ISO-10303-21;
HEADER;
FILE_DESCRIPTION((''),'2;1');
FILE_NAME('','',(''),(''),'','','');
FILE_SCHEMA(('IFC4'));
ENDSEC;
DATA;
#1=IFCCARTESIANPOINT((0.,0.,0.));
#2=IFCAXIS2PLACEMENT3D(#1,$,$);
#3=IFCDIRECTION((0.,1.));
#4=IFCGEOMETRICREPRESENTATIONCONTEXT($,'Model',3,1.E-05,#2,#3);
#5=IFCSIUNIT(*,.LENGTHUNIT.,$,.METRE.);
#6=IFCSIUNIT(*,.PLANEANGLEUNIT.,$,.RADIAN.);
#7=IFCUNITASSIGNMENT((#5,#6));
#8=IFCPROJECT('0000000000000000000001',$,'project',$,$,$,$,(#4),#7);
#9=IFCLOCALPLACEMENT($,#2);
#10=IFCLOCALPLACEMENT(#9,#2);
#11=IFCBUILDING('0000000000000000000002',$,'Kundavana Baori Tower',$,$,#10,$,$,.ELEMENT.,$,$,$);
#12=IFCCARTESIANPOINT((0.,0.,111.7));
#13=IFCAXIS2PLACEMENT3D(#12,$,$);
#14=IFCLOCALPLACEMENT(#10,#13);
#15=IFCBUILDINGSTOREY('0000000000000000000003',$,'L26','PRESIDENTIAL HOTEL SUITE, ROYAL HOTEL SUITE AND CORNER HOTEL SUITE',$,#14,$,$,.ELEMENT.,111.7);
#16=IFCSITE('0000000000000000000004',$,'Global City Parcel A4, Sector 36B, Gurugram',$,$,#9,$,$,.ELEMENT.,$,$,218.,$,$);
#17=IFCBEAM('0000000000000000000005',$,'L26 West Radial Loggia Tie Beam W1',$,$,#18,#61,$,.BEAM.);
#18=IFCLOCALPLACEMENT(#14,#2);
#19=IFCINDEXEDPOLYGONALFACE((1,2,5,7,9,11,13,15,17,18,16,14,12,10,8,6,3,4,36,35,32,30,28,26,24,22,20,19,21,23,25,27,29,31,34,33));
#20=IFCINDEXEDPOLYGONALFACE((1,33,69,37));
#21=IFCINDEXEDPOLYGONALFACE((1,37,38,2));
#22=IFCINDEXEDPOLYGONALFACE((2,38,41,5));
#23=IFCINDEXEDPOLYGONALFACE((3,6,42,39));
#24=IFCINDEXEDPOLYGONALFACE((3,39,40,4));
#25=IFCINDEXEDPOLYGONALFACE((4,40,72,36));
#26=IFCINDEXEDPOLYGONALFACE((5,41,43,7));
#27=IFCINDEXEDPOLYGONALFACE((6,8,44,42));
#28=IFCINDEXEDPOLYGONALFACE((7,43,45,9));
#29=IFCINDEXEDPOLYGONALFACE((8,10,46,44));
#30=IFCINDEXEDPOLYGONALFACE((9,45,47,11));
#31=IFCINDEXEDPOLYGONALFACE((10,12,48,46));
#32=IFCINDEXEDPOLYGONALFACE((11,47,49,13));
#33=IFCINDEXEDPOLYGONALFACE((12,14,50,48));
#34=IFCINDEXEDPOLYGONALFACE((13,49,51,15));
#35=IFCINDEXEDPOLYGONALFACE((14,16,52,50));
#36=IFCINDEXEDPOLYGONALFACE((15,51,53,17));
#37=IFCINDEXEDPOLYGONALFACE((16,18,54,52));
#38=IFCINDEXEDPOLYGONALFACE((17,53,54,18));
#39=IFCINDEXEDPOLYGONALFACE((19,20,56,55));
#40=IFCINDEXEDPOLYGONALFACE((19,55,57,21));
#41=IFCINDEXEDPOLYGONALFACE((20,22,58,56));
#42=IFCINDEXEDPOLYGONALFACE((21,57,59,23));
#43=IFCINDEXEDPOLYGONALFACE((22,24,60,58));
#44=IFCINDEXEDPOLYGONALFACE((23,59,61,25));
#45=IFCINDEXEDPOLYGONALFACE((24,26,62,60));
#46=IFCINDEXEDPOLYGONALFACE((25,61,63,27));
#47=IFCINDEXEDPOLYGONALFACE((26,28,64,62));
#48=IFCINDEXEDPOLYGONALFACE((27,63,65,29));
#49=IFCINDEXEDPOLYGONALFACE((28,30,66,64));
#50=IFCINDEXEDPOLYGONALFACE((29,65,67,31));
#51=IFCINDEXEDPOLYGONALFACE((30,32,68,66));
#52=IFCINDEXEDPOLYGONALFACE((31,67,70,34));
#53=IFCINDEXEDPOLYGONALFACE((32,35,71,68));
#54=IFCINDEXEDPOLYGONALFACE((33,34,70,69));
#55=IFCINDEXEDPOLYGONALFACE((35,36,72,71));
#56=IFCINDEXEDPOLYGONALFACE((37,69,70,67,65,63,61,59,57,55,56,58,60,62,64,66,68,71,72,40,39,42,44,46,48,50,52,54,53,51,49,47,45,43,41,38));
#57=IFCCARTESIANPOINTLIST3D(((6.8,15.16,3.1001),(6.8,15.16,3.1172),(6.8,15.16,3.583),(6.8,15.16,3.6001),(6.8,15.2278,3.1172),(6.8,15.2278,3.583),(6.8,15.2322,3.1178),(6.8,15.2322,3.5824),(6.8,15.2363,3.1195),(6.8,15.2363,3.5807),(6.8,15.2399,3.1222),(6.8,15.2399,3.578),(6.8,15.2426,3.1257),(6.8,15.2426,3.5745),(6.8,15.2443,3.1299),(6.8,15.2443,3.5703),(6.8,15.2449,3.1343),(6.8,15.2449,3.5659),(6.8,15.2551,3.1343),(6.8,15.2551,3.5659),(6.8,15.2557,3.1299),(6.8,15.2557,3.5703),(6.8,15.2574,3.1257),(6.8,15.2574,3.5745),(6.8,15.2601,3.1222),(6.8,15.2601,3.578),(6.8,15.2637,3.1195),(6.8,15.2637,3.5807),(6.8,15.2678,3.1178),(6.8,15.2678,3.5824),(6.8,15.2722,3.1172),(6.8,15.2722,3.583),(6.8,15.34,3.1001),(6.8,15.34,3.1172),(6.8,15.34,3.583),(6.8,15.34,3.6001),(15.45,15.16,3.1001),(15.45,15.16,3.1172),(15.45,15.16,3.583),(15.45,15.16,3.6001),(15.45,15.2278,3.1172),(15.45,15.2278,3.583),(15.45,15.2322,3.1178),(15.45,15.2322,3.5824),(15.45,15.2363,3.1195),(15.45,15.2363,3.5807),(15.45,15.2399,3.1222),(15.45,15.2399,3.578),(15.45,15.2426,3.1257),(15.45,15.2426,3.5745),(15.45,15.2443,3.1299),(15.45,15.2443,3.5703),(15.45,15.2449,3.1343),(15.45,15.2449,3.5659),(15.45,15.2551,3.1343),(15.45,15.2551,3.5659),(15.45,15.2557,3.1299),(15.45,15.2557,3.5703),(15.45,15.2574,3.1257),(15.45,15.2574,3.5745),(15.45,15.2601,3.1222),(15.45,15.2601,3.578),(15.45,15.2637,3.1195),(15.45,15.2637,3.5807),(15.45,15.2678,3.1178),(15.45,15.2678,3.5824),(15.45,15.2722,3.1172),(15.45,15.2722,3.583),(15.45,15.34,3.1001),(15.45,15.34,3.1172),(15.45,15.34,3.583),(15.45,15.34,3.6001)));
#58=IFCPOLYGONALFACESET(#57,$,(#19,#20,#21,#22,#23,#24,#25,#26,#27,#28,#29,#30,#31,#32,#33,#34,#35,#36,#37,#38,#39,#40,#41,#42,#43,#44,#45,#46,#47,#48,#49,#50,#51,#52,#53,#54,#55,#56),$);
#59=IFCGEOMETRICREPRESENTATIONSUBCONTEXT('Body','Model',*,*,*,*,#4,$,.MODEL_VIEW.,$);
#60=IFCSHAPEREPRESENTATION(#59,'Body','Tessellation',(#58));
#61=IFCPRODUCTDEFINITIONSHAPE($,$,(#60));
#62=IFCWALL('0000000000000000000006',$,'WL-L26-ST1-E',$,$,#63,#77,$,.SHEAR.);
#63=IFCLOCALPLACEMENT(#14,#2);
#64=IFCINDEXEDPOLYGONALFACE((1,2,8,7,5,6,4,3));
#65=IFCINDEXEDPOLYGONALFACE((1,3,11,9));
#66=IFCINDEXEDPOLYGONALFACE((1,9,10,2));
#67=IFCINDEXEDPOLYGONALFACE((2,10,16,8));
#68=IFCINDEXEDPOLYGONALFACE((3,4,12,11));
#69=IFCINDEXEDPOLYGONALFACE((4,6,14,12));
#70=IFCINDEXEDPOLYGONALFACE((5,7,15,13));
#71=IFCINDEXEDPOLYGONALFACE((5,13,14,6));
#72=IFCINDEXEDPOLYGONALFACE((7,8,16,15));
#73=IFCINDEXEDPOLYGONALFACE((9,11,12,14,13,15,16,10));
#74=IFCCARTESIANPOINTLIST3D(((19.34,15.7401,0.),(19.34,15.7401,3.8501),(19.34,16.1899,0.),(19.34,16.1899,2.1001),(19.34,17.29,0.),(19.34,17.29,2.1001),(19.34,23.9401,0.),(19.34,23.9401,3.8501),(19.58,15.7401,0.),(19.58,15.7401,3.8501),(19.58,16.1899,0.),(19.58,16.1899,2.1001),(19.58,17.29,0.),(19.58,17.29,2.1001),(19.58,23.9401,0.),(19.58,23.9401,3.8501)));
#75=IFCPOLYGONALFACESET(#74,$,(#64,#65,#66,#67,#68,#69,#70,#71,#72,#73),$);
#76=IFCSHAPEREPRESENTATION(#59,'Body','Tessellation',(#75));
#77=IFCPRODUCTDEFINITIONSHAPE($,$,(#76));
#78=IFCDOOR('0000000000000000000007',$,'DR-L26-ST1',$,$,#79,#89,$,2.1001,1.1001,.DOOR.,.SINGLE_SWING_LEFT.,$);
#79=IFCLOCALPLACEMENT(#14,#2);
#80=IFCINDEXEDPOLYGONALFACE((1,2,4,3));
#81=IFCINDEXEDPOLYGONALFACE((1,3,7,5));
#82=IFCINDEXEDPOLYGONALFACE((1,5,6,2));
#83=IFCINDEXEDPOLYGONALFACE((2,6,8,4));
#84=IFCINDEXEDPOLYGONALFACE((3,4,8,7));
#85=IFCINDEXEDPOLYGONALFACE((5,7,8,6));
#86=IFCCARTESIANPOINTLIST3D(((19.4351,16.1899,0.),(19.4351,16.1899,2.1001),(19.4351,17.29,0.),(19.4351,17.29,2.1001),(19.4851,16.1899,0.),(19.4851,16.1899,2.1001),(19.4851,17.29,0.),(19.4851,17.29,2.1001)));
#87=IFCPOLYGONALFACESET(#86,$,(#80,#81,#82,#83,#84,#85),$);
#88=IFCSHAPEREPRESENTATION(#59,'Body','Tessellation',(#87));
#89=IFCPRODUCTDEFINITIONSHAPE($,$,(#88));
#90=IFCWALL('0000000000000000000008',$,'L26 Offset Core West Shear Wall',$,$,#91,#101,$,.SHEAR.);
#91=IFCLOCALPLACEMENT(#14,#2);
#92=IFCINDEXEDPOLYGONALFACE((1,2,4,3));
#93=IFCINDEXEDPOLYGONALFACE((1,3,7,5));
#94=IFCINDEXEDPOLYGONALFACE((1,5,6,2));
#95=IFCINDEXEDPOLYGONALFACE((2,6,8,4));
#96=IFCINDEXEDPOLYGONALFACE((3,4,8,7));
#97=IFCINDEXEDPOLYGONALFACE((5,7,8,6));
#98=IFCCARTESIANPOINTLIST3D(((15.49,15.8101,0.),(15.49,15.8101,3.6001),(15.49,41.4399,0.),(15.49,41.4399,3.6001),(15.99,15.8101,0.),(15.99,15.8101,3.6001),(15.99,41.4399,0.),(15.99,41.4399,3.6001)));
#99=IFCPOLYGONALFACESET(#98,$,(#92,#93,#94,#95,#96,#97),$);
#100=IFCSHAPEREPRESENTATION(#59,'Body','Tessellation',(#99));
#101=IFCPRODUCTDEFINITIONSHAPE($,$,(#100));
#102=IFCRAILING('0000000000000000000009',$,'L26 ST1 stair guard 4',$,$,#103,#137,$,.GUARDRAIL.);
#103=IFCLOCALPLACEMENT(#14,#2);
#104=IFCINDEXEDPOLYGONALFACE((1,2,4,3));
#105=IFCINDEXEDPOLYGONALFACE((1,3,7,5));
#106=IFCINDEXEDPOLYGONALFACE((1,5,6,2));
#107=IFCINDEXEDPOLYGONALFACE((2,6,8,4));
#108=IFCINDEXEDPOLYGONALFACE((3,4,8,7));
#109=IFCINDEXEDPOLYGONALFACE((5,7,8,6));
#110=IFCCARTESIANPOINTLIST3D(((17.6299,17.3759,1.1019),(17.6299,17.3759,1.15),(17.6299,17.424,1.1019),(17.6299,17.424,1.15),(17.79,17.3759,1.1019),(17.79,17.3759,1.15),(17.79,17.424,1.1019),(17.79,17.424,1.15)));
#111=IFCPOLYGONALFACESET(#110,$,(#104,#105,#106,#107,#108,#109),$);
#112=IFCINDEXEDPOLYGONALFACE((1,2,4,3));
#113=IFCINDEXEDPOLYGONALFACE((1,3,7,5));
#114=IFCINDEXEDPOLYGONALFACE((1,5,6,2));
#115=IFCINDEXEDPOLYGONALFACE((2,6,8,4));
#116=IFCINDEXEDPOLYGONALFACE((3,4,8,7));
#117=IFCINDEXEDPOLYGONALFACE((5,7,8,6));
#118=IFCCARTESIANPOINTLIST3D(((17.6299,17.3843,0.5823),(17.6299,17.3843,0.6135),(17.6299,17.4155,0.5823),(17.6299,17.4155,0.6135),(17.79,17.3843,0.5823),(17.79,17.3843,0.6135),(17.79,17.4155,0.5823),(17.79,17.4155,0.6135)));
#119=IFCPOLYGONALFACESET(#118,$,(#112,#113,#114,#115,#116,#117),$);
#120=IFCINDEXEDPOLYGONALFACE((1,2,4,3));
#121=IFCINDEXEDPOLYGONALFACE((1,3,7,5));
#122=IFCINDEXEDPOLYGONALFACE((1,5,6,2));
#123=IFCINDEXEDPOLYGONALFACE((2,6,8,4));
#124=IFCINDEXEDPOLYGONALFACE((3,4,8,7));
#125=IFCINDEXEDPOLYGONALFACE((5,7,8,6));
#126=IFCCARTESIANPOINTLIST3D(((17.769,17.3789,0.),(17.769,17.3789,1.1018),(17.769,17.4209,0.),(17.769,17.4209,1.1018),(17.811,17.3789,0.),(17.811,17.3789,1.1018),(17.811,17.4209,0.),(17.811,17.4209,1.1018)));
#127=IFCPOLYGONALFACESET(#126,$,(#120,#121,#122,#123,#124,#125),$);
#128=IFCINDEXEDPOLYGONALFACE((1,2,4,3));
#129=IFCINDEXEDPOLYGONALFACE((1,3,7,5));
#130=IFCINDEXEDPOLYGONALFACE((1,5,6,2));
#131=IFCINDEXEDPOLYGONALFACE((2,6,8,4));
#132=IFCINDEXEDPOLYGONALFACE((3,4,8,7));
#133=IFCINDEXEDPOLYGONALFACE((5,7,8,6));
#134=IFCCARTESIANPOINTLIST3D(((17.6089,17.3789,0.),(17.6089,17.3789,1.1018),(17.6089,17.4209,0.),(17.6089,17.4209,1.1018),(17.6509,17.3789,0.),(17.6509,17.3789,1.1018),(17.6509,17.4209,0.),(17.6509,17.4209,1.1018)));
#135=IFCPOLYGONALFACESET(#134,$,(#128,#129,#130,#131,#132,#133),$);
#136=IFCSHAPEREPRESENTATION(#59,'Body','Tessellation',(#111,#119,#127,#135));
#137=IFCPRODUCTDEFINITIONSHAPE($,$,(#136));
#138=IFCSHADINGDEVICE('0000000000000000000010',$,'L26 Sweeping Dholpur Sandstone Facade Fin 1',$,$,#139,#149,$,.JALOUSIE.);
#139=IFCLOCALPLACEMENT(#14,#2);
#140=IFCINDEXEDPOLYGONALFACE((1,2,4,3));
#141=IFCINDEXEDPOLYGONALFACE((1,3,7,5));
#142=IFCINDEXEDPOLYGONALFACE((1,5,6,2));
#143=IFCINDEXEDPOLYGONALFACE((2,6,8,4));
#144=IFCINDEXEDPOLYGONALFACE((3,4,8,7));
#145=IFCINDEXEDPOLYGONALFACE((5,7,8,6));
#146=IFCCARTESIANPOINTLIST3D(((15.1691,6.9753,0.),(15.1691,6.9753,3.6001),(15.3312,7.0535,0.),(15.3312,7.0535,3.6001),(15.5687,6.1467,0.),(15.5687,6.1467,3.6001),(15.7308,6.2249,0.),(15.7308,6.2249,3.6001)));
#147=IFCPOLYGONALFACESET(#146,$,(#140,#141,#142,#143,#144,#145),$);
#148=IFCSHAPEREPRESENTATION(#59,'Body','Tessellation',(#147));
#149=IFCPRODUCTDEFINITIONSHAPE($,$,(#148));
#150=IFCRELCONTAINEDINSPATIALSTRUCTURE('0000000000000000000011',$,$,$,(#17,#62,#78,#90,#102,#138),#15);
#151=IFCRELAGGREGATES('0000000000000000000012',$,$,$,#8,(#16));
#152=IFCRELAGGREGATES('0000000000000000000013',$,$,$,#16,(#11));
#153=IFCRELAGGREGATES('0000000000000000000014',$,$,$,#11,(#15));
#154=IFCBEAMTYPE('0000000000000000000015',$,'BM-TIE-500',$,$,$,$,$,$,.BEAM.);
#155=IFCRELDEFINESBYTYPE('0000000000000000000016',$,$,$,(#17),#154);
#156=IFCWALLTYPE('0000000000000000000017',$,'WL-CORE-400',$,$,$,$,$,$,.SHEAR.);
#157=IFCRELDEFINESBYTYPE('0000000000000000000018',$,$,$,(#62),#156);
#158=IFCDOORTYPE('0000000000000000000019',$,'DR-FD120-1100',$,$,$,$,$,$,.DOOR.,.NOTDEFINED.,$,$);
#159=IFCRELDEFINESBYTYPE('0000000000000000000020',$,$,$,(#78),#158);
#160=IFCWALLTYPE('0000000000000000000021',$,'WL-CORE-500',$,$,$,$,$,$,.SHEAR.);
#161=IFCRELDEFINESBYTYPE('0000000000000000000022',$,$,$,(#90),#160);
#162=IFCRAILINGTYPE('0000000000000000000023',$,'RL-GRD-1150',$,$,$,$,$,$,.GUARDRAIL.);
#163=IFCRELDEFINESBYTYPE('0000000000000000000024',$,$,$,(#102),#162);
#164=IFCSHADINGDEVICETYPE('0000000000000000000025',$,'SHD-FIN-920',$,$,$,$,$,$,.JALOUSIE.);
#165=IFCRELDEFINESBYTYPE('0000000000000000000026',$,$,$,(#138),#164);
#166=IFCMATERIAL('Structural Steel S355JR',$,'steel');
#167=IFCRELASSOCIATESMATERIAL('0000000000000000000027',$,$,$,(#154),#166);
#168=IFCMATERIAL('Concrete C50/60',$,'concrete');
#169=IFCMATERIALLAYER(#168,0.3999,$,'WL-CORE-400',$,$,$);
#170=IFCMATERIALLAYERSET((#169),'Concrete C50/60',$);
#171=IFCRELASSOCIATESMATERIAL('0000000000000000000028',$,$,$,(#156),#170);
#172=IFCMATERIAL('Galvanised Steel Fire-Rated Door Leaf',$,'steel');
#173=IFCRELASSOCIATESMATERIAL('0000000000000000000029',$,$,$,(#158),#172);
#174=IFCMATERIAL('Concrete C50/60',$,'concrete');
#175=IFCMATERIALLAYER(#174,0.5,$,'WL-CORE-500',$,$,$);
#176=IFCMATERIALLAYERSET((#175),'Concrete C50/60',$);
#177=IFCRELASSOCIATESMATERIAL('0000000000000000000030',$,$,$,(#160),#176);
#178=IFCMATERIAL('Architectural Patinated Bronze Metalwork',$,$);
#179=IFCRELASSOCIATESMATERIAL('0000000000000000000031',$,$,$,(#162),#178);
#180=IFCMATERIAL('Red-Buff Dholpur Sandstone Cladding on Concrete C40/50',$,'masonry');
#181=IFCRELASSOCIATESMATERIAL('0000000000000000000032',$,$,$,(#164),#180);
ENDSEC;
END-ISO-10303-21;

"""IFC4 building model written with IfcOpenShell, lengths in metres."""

from ifc_helpers import new_model, si_unit, direction, frame, frame_2d, origin, origin_2d, place, context, subcontext, project, spatial, rectangle, i_section, extrude, material, layer, layer_set, material_profile, profile_set, type_object, element, fill, save


model = new_model("IFC4")

# Units and contexts
model_context = context("Model", 3, precision=1e-05, world=origin(), true_north=direction((0.0, 1.0)))
body_context = subcontext(model_context, "Body", "Model", "MODEL_VIEW")
ifc_project = project(units=[si_unit("LENGTHUNIT", "METRE"), si_unit("PLANEANGLEUNIT", "RADIAN")], contexts=[model_context])

# Site, building, storey
site_placement = place(None, origin())
site = spatial("IfcSite", under=ifc_project, at=site_placement, Name="Global City Parcel A4, Sector 36B, Gurugram", CompositionType="ELEMENT", RefElevation=218.0)
building_placement = place(site_placement, origin())
building = spatial("IfcBuilding", under=site, at=building_placement, Name="Kundavana Baori Tower", CompositionType="ELEMENT")
storey_placement = place(building_placement, frame((0.0, 0.0, 111.7)))
storey = spatial("IfcBuildingStorey", under=building, at=storey_placement, Name="L26", Description="PRESIDENTIAL HOTEL SUITE, ROYAL HOTEL SUITE AND CORNER HOTEL SUITE", CompositionType="ELEMENT", Elevation=111.7)

# Beam
ifc_material_1 = material(Name="Structural Steel S355JR", Category="steel")
ifc_material_profile_1 = material_profile(ifc_material_1, i_section(OverallWidth=0.1799, OverallDepth=0.5, WebThickness=0.0103, FlangeThickness=0.0171, FilletRadius=0.0171, at=origin_2d()), Name="ISMB 500")
ifc_profile_set_1 = profile_set([ifc_material_profile_1], Name="Structural Steel S355JR")
beam_type_1 = type_object("IfcBeamType", Name="BM-TIE-500", PredefinedType="BEAM", material=ifc_profile_set_1)
for number, where, z_axis, x_axis, name in (
    (1, (15.45, 15.25, 3.3501), (-1.0, 0.0, 0.0), (0.0, -1.0, 0.0), "L26 West Radial Loggia Tie Beam W1"),
):
    element("IfcBeam", number, at=place(storey_placement, frame(where, z_axis=z_axis, x_axis=x_axis)), inside=storey, type_object=beam_type_1, Name=name, PredefinedType="BEAM", context=body_context, shape_type="SweptSolid", body=[
        extrude(i_section(OverallWidth=0.1799, OverallDepth=0.5, WebThickness=0.0103, FlangeThickness=0.0171, FilletRadius=0.0171, at=origin_2d()), origin(), (0.0, 0.0, 1.0), 8.6499),
    ])

# Wall, opening, door
ifc_material_2 = material(Name="Concrete C50/60", Category="concrete")
ifc_layer_1 = layer(ifc_material_2, 0.3999, Name="WL-CORE-400")
ifc_layer_set_1 = layer_set([ifc_layer_1], Name="Concrete C50/60")
wall_type_1 = type_object("IfcWallType", Name="WL-CORE-400", PredefinedType="SHEAR", material=ifc_layer_set_1)
wall_1_placement = place(storey_placement, frame((19.46, 15.74, 0.0), z_axis=(0.0, 0.0, 1.0), x_axis=(0.0, 1.0, 0.0)))
wall_1 = element("IfcWall", 2, at=wall_1_placement, inside=storey, type_object=wall_type_1, Name="WL-L26-ST1-E", PredefinedType="SHEAR", context=body_context, shape_type="SweptSolid", body=[
    extrude(rectangle(XDim=8.2, YDim=0.24, at=frame_2d((4.1001, 0.0))), origin(), (0.0, 0.0, 1.0), 3.8501),
])
opening_1_placement = place(wall_1_placement, frame((0.45, 0.0, 0.0)))
opening_1 = element("IfcOpeningElement", 3, at=opening_1_placement, cuts=wall_1, PredefinedType="OPENING", context=body_context, shape_type="SweptSolid", body=[
    extrude(rectangle(XDim=1.1001, YDim=2.1001, at=frame_2d((0.55, 1.05))), frame((0.0, 0.1299, 0.0), z_axis=(0.0, -1.0, 0.0), x_axis=(1.0, 0.0, 0.0)), (0.0, 0.0, 1.0), 0.26),
])
ifc_material_3 = material(Name="Galvanised Steel Fire-Rated Door Leaf", Category="steel")
door_type_1 = type_object("IfcDoorType", Name="DR-FD120-1100", OperationType="NOTDEFINED", PredefinedType="DOOR", material=ifc_material_3)
door_1_placement = place(opening_1_placement, origin())
door_1 = element("IfcDoor", 4, at=door_1_placement, inside=storey, type_object=door_type_1, Name="DR-L26-ST1", OperationType="SINGLE_SWING_LEFT", OverallHeight=2.1001, OverallWidth=1.1001, PredefinedType="DOOR", context=body_context, shape_type="SweptSolid", body=[
    extrude(rectangle(XDim=1.1001, YDim=2.1001, at=frame_2d((0.55, 1.05))), frame((0.0, 0.0249, 0.0), z_axis=(0.0, -1.0, 0.0), x_axis=(1.0, 0.0, 0.0)), (0.0, 0.0, 1.0), 0.05),
])
fill(opening_1, door_1)

# Wall
ifc_material_4 = material(Name="Concrete C50/60", Category="concrete")
ifc_layer_2 = layer(ifc_material_4, 0.5, Name="WL-CORE-500")
ifc_layer_set_2 = layer_set([ifc_layer_2], Name="Concrete C50/60")
wall_type_2 = type_object("IfcWallType", Name="WL-CORE-500", PredefinedType="SHEAR", material=ifc_layer_set_2)
wall_2_placement = place(storey_placement, frame((15.74, 15.8101, 0.0), z_axis=(0.0, 0.0, 1.0), x_axis=(0.0, 1.0, 0.0)))
element("IfcWall", 5, at=wall_2_placement, inside=storey, type_object=wall_type_2, Name="L26 Offset Core West Shear Wall", PredefinedType="SHEAR", context=body_context, shape_type="SweptSolid", body=[
    extrude(rectangle(XDim=25.6299, YDim=0.5, at=frame_2d((12.8149, 0.0))), origin(), (0.0, 0.0, 1.0), 3.6001),
])

# Railing
ifc_material_5 = material(Name="Architectural Patinated Bronze Metalwork")
railing_type = type_object("IfcRailingType", Name="RL-GRD-1150", PredefinedType="GUARDRAIL", material=ifc_material_5)
railing_placement = place(storey_placement, frame((17.79, 17.3999, 0.0)))
element("IfcRailing", 6, at=railing_placement, inside=storey, type_object=railing_type, Name="L26 ST1 stair guard 4", PredefinedType="GUARDRAIL", context=body_context, shape_type="SweptSolid", body=[
    extrude(rectangle(XDim=0.0481, YDim=0.0481, at=origin_2d()), frame((0.0, 0.0, 1.126), z_axis=(-1.0, 0.0, 0.0), x_axis=(0.0, -1.0, 0.0)), (0.0, 0.0, 1.0), 0.1602),
    extrude(rectangle(XDim=0.0312, YDim=0.0312, at=origin_2d()), frame((0.0, 0.0, 0.5979), z_axis=(-1.0, 0.0, 0.0), x_axis=(0.0, -1.0, 0.0)), (0.0, 0.0, 1.0), 0.1602),
    extrude(rectangle(XDim=0.042, YDim=0.042, at=origin_2d()), origin(), (0.0, 0.0, 1.0), 1.1018),
    extrude(rectangle(XDim=0.042, YDim=0.042, at=origin_2d()), frame((-0.1602, 0.0, 0.0)), (0.0, 0.0, 1.0), 1.1018),
])

# Shading device
ifc_material_6 = material(Name="Red-Buff Dholpur Sandstone Cladding on Concrete C40/50", Category="masonry")
shading_device_type = type_object("IfcShadingDeviceType", Name="SHD-FIN-920", PredefinedType="JALOUSIE", material=ifc_material_6)
shading_device_placement = place(storey_placement, frame((15.45, 6.6001, 0.0), z_axis=(0.0, 0.0, 1.0), x_axis=(0.900698, 0.434445, 0.0)))
element("IfcShadingDevice", 7, at=shading_device_placement, inside=storey, type_object=shading_device_type, Name="L26 Sweeping Dholpur Sandstone Facade Fin 1", PredefinedType="JALOUSIE", context=body_context, shape_type="SweptSolid", body=[
    extrude(rectangle(XDim=0.1799, YDim=0.9199, at=origin_2d()), origin(), (0.0, 0.0, 1.0), 3.6001),
])

save(model, "model.ifc")
